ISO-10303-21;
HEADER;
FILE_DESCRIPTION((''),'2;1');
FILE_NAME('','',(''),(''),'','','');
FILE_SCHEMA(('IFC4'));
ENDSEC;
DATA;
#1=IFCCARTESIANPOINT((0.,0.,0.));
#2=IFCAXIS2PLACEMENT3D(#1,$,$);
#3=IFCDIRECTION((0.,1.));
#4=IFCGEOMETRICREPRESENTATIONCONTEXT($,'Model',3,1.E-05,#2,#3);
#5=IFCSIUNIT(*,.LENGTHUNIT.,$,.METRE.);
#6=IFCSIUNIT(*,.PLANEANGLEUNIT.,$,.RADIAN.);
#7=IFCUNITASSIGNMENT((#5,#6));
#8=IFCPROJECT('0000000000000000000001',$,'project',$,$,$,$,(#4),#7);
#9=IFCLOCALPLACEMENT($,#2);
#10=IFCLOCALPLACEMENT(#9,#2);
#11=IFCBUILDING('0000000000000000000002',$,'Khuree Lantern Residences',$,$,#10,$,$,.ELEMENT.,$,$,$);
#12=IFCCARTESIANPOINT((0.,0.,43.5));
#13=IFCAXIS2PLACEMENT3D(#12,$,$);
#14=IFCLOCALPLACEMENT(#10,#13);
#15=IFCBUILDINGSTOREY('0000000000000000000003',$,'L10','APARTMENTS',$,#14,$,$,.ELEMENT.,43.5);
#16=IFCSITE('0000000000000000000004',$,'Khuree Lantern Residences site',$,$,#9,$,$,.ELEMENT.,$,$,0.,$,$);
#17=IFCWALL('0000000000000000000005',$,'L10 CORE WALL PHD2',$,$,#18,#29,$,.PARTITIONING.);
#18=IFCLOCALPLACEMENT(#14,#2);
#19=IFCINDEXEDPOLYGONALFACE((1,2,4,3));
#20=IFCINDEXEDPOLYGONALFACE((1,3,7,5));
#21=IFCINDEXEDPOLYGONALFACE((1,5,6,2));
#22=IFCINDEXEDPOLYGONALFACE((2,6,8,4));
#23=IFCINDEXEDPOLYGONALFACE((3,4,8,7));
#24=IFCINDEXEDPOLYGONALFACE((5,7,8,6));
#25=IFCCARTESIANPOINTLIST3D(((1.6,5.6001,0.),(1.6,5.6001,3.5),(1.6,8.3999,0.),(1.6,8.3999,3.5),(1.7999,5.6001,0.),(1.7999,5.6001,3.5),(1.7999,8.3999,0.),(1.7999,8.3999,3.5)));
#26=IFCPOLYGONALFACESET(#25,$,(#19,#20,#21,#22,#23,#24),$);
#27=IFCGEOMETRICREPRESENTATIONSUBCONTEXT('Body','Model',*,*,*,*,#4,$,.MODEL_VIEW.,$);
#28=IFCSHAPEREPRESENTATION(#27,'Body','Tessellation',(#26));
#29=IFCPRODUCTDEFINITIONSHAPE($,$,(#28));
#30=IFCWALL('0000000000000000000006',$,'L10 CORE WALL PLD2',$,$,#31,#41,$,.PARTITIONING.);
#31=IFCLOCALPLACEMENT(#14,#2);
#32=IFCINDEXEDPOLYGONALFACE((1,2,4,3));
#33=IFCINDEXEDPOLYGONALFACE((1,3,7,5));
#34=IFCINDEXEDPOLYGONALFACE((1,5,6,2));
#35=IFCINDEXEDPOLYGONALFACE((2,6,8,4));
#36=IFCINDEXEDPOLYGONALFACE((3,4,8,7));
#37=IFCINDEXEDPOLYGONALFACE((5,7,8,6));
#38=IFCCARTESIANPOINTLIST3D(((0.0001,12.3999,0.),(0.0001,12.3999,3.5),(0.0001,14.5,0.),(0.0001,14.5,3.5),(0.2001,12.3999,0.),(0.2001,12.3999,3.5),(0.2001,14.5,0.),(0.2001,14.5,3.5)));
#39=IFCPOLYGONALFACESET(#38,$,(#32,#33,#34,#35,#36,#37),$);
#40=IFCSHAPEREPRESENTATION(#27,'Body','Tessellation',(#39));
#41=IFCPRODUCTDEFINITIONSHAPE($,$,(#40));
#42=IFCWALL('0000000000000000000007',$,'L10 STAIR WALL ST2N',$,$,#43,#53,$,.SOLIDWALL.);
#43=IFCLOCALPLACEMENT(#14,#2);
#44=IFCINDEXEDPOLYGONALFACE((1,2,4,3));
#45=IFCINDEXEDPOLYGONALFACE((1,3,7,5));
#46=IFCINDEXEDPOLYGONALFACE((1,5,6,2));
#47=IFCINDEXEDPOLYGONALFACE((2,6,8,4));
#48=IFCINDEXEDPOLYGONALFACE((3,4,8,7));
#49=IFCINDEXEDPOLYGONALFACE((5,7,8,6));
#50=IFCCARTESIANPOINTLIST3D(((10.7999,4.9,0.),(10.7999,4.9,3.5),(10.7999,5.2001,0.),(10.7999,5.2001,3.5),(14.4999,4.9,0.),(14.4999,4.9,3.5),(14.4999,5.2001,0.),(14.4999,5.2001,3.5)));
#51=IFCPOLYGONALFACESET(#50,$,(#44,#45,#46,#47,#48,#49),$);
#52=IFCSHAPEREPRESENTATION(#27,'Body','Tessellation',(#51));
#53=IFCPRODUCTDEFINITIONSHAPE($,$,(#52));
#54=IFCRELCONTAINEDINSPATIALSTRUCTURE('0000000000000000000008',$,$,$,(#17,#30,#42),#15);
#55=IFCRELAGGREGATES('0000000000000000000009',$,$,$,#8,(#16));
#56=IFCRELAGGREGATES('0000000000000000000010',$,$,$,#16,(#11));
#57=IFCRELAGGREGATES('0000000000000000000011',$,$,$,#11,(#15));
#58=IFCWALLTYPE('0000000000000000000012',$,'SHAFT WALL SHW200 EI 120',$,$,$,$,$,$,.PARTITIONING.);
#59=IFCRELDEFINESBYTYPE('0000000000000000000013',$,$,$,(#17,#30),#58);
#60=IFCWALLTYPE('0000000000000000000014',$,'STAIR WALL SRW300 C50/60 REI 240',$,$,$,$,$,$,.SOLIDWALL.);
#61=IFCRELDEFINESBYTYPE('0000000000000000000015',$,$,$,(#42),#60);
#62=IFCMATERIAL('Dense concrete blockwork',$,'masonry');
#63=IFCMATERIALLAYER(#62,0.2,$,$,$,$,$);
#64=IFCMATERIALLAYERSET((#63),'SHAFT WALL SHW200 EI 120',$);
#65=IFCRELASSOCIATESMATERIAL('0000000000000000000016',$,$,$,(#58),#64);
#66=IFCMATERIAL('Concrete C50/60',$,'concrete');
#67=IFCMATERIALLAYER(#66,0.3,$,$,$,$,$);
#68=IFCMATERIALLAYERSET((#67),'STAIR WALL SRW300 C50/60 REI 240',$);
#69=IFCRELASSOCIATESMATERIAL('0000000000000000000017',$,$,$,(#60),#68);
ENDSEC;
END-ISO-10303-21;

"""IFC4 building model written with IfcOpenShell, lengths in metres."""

from ifc_helpers import new_model, si_unit, direction, frame, frame_2d, origin, place, context, subcontext, project, spatial, rectangle, extrude, material, layer, layer_set, type_object, element, save


model = new_model("IFC4")

# Units and contexts
model_context = context("Model", 3, precision=1e-05, world=origin(), true_north=direction((0.0, 1.0)))
body_context = subcontext(model_context, "Body", "Model", "MODEL_VIEW")
ifc_project = project(units=[si_unit("LENGTHUNIT", "METRE"), si_unit("PLANEANGLEUNIT", "RADIAN")], contexts=[model_context])

# Site, building, storey
site_placement = place(None, origin())
site = spatial("IfcSite", under=ifc_project, at=site_placement, Name="Khuree Lantern Residences site", CompositionType="ELEMENT", RefElevation=0.0)
building_placement = place(site_placement, origin())
building = spatial("IfcBuilding", under=site, at=building_placement, Name="Khuree Lantern Residences", CompositionType="ELEMENT")
storey_placement = place(building_placement, frame((0.0, 0.0, 43.5)))
storey = spatial("IfcBuildingStorey", under=building, at=storey_placement, Name="L10", Description="APARTMENTS", CompositionType="ELEMENT", Elevation=43.5)

# Shared definitions
ifc_material_1 = material(Name="Dense concrete blockwork", Category="masonry")

# Walls
ifc_layer_1 = layer(ifc_material_1, 0.2)
ifc_layer_set_1 = layer_set([ifc_layer_1], Name="SHAFT WALL SHW200 EI 120")
wall_type_1 = type_object("IfcWallType", Name="SHAFT WALL SHW200 EI 120", PredefinedType="PARTITIONING", material=ifc_layer_set_1)
wall_1_placement = place(storey_placement, frame((1.7, 5.6001, 0.0), z_axis=(0.0, 0.0, 1.0), x_axis=(0.0, 1.0, 0.0)))
element("IfcWall", 1, at=wall_1_placement, inside=storey, type_object=wall_type_1, Name="L10 CORE WALL PHD2", PredefinedType="PARTITIONING", context=body_context, shape_type="SweptSolid", body=[
    extrude(rectangle(XDim=2.7998, YDim=0.2, at=frame_2d((1.3999, 0.0))), origin(), (0.0, 0.0, 1.0), 3.5),
])
wall_2_placement = place(storey_placement, frame((0.1001, 12.3999, 0.0), z_axis=(0.0, 0.0, 1.0), x_axis=(0.0, 1.0, 0.0)))
element("IfcWall", 2, at=wall_2_placement, inside=storey, type_object=wall_type_1, Name="L10 CORE WALL PLD2", PredefinedType="PARTITIONING", context=body_context, shape_type="SweptSolid", body=[
    extrude(rectangle(XDim=2.1001, YDim=0.2, at=frame_2d((1.05, 0.0))), origin(), (0.0, 0.0, 1.0), 3.5),
])
ifc_material_2 = material(Name="Concrete C50/60", Category="concrete")
ifc_layer_2 = layer(ifc_material_2, 0.3)
ifc_layer_set_2 = layer_set([ifc_layer_2], Name="STAIR WALL SRW300 C50/60 REI 240")
wall_type_2 = type_object("IfcWallType", Name="STAIR WALL SRW300 C50/60 REI 240", PredefinedType="SOLIDWALL", material=ifc_layer_set_2)
wall_3_placement = place(storey_placement, frame((14.5, 5.05, 0.0), z_axis=(0.0, 0.0, 1.0), x_axis=(-1.0, 0.0, 0.0)))
element("IfcWall", 3, at=wall_3_placement, inside=storey, type_object=wall_type_2, Name="L10 STAIR WALL ST2N", PredefinedType="SOLIDWALL", context=body_context, shape_type="SweptSolid", body=[
    extrude(rectangle(XDim=3.7, YDim=0.3, at=frame_2d((1.8501, 0.0))), origin(), (0.0, 0.0, 1.0), 3.5),
])

save(model, "model.ifc")
